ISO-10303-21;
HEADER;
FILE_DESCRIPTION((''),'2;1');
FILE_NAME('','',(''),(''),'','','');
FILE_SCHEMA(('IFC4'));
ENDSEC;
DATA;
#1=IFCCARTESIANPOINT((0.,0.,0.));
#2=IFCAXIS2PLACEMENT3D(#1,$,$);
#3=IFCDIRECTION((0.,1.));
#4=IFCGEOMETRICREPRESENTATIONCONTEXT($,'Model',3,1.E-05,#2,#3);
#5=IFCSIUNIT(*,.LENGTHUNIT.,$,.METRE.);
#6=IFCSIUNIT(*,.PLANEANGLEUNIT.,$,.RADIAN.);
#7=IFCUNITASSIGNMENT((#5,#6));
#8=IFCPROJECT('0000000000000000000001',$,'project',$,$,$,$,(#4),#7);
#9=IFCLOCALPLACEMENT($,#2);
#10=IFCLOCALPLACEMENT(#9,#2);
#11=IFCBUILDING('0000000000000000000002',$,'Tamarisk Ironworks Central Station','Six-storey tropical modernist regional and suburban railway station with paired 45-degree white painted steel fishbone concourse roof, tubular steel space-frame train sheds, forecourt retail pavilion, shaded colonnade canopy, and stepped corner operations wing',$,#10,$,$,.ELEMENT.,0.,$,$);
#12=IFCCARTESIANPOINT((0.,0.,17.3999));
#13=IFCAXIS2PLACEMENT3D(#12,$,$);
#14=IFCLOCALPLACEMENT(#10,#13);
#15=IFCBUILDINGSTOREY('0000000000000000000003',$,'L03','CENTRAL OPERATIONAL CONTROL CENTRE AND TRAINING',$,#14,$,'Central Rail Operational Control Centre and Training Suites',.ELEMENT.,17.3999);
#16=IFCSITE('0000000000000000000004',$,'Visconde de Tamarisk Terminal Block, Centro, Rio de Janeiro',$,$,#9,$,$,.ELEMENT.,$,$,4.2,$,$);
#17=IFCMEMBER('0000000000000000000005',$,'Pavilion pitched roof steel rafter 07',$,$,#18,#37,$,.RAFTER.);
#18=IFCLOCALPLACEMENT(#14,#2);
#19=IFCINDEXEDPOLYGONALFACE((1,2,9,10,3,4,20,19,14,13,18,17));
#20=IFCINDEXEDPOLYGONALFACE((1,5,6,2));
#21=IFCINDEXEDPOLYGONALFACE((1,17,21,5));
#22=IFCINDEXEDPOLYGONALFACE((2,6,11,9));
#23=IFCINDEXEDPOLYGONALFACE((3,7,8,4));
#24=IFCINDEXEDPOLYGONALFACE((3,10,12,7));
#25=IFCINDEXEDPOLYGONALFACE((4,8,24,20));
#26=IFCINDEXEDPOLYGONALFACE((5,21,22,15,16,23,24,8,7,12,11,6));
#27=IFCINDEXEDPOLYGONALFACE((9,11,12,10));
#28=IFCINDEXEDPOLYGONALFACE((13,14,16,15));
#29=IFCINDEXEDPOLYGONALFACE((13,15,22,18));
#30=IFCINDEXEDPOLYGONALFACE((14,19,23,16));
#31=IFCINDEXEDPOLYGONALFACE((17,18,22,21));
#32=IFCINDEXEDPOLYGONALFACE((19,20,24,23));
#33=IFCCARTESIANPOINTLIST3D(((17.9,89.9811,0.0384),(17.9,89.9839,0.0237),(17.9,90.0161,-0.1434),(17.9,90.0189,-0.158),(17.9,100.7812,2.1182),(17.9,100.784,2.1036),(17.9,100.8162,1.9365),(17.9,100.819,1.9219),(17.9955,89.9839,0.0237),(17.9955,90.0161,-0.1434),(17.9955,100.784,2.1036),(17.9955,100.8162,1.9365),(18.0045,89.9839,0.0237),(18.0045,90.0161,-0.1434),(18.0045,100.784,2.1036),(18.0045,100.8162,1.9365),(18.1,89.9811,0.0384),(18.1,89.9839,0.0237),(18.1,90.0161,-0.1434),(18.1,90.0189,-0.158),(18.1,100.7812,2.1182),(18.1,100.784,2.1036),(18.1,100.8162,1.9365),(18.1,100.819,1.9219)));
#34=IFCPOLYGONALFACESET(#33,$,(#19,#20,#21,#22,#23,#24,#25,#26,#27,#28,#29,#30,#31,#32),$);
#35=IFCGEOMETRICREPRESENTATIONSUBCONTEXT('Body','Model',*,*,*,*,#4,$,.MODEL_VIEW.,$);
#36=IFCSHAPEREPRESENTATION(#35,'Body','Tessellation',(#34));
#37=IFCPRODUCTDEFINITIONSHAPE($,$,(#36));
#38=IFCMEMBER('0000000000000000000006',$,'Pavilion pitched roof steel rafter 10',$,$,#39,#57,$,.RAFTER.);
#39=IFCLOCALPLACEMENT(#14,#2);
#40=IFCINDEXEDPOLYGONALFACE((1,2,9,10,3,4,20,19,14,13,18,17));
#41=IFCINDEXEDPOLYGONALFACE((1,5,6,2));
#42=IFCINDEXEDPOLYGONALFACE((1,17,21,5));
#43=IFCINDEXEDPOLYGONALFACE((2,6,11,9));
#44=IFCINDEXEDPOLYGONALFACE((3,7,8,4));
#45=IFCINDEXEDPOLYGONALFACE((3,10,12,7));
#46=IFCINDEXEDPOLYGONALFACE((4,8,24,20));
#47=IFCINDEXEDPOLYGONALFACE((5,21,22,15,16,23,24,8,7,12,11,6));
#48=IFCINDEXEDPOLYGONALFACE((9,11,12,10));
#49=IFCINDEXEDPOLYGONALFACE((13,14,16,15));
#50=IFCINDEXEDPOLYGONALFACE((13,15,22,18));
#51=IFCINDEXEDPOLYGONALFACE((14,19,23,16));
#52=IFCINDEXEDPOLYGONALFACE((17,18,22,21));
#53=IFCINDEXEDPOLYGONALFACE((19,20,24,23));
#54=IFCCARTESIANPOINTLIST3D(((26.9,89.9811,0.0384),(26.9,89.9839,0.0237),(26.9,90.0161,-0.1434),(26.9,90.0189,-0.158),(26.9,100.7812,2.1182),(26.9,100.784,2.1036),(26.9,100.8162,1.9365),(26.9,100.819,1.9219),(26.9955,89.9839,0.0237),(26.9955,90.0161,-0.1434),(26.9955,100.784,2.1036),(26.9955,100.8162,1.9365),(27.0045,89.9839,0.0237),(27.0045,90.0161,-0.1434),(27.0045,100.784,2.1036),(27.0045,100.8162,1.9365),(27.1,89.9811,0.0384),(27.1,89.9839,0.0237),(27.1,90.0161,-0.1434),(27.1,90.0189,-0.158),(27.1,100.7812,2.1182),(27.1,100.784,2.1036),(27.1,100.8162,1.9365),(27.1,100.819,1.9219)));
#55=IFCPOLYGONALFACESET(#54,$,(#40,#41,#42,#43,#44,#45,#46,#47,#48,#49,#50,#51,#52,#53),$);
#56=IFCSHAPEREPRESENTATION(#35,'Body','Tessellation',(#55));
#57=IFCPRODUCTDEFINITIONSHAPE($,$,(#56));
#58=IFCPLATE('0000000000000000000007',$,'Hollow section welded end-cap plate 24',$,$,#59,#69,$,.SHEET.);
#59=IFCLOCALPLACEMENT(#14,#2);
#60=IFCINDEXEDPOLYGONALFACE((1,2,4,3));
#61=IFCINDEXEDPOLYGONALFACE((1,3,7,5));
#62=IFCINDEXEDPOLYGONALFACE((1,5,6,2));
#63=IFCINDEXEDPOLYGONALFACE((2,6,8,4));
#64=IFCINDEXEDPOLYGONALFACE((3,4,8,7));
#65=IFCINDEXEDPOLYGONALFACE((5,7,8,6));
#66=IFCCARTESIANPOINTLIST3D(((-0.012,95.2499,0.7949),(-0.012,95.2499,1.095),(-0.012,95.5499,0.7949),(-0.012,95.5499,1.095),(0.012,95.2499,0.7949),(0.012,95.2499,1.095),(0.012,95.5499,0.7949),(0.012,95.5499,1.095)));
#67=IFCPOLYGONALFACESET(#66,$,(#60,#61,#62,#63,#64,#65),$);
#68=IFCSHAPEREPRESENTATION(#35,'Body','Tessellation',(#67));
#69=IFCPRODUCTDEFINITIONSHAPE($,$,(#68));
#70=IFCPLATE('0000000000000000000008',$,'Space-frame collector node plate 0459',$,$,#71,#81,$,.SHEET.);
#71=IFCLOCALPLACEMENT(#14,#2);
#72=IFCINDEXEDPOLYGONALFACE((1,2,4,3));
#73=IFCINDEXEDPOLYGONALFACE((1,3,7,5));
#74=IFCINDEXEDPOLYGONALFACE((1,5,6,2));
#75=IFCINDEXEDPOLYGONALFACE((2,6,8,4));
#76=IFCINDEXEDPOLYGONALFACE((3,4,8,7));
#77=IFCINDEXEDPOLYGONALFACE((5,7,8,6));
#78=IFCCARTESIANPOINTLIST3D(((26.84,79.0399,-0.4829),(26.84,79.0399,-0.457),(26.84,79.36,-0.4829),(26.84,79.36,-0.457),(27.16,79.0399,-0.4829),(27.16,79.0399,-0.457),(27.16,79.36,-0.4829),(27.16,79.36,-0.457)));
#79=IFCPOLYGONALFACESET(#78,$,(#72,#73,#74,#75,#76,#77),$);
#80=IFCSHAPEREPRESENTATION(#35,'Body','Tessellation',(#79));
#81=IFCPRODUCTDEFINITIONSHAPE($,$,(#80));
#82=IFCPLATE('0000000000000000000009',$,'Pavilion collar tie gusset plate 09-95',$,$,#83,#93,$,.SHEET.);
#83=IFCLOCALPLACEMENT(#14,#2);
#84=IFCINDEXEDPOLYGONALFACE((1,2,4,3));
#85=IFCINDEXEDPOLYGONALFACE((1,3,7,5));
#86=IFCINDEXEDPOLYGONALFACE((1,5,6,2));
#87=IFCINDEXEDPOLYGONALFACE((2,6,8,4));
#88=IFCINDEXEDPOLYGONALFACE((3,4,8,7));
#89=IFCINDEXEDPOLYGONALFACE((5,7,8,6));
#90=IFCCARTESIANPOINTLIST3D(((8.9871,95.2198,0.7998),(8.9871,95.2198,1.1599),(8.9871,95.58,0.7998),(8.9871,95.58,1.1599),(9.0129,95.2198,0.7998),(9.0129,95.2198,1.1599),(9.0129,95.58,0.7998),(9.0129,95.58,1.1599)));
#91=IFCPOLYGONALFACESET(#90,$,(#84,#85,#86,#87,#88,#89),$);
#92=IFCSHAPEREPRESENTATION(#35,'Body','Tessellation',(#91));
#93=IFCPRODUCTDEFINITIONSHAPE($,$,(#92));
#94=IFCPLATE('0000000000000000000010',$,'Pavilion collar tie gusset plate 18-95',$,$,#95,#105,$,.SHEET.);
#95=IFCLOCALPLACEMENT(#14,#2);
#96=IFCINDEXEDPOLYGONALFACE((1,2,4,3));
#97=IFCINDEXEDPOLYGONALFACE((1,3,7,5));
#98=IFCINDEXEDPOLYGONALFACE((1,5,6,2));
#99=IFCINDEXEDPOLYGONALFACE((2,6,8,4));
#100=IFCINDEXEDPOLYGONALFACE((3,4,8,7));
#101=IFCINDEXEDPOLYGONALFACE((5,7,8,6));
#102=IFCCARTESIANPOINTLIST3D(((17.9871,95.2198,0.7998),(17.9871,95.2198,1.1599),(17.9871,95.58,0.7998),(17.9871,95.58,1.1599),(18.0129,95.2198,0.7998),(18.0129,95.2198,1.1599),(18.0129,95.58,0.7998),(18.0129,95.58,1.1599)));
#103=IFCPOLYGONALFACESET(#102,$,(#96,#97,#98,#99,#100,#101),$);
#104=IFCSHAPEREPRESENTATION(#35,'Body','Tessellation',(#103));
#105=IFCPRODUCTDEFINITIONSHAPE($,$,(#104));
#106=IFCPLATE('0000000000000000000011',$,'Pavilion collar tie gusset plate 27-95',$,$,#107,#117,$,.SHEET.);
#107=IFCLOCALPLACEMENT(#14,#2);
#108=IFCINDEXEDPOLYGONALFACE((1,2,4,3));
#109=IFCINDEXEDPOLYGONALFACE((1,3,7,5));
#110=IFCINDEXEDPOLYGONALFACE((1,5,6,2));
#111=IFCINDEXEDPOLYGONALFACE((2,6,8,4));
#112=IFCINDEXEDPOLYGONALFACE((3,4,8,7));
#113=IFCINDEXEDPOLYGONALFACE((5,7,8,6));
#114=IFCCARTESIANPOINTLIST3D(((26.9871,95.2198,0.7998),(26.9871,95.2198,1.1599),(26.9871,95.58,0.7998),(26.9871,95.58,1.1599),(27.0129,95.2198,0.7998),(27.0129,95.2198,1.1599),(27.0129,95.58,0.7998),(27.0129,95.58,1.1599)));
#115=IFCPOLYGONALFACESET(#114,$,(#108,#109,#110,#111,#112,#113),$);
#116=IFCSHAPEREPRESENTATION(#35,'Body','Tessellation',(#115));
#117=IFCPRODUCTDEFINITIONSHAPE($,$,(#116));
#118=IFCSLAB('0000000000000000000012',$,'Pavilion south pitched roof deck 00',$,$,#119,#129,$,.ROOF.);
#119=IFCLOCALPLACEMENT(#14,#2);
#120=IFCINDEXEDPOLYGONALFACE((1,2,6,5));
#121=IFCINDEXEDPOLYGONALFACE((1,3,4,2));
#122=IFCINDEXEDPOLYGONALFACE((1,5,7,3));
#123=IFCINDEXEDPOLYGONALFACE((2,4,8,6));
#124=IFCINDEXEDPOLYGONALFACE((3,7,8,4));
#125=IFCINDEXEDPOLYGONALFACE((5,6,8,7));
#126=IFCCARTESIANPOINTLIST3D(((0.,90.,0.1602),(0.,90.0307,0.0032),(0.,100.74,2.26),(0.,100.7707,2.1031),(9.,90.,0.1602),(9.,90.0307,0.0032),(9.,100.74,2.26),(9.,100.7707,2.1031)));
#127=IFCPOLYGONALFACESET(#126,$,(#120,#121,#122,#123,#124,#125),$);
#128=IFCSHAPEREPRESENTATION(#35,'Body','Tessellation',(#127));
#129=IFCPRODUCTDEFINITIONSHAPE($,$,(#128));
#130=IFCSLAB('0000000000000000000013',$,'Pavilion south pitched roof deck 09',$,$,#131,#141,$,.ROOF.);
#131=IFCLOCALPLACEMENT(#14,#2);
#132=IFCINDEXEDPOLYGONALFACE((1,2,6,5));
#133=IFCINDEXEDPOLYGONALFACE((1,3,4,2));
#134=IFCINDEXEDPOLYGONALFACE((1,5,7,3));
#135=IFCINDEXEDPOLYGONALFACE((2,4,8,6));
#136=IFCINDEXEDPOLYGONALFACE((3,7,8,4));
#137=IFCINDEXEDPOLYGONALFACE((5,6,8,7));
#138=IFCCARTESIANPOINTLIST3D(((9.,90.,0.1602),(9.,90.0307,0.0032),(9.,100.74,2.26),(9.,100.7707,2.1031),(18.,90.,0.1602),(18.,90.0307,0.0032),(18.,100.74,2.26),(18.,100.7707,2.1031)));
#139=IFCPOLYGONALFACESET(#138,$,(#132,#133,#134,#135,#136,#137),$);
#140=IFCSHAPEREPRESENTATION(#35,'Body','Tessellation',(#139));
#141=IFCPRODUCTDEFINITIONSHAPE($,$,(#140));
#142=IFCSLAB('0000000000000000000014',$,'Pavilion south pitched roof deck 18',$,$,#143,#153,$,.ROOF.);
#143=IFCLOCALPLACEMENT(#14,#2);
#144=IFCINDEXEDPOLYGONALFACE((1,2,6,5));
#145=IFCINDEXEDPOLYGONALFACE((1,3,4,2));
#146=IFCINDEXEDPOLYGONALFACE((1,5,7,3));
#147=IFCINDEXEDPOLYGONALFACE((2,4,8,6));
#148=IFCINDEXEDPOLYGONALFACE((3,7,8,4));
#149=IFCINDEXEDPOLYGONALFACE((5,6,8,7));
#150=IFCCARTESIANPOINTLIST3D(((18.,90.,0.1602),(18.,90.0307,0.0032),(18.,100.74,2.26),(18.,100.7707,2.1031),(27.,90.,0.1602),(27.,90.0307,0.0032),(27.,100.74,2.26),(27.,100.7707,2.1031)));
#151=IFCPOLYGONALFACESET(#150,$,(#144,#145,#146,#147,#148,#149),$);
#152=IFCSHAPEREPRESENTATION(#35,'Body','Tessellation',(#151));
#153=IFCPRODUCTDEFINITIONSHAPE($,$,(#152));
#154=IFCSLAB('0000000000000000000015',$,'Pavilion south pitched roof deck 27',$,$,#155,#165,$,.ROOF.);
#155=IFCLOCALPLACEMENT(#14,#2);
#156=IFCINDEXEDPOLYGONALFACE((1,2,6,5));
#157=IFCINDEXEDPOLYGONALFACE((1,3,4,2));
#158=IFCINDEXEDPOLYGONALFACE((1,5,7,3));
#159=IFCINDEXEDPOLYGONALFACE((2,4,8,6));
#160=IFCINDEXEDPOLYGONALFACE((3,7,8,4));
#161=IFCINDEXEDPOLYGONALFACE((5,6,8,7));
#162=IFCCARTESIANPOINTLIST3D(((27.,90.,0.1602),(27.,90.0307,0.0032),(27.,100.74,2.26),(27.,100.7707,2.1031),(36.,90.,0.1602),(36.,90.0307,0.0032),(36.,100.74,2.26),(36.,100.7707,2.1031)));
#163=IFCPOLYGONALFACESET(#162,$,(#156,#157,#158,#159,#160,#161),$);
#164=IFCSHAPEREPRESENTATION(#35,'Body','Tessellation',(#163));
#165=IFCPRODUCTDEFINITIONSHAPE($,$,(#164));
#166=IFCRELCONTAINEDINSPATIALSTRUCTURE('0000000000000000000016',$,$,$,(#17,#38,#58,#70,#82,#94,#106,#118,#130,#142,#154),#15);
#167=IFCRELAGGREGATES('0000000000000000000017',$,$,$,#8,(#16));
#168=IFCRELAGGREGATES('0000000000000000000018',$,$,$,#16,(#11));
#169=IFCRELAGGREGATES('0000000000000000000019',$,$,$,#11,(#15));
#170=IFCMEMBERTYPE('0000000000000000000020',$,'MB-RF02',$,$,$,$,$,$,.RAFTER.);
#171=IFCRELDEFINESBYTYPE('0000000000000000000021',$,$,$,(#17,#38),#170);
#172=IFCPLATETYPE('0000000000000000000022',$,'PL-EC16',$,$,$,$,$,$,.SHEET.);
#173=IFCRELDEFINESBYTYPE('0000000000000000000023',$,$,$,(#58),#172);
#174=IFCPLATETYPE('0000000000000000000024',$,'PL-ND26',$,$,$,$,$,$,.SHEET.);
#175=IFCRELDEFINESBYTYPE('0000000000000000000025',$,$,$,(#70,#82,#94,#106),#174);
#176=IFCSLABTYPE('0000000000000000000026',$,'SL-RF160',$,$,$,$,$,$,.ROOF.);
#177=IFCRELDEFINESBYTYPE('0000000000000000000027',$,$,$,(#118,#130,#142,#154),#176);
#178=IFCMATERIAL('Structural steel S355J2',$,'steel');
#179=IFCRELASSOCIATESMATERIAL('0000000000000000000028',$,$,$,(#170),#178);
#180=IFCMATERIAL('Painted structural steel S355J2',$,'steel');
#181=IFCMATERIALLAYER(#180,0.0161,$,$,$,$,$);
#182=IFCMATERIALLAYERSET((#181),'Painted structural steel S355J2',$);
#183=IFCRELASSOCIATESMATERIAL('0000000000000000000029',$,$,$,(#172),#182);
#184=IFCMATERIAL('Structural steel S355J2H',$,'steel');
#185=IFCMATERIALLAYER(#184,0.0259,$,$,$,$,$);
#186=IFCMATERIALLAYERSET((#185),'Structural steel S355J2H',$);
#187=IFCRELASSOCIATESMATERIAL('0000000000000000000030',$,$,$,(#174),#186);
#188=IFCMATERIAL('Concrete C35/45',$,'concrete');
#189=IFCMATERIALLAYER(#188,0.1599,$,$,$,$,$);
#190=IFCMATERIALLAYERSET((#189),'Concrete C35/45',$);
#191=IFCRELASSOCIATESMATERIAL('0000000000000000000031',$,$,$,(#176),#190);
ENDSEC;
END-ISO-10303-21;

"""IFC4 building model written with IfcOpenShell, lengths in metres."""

from ifc_helpers import new_model, si_unit, direction, frame, origin, origin_2d, place, context, subcontext, project, spatial, polyline, rectangle, i_section, outline, extrude, material, layer, layer_set, material_profile, profile_set, type_object, element, save


model = new_model("IFC4")

# Units and contexts
model_context = context("Model", 3, precision=1e-05, world=origin(), true_north=direction((0.0, 1.0)))
body_context = subcontext(model_context, "Body", "Model", "MODEL_VIEW")
ifc_project = project(units=[si_unit("LENGTHUNIT", "METRE"), si_unit("PLANEANGLEUNIT", "RADIAN")], contexts=[model_context])

# Site, building, storey
site_placement = place(None, origin())
site = spatial("IfcSite", under=ifc_project, at=site_placement, Name="Visconde de Tamarisk Terminal Block, Centro, Rio de Janeiro", CompositionType="ELEMENT", RefElevation=4.2)
building_placement = place(site_placement, origin())
building = spatial("IfcBuilding", under=site, at=building_placement, Name="Tamarisk Ironworks Central Station", Description="Six-storey tropical modernist regional and suburban railway station with paired 45-degree white painted steel fishbone concourse roof, tubular steel space-frame train sheds, forecourt retail pavilion, shaded colonnade canopy, and stepped corner operations wing", CompositionType="ELEMENT", ElevationOfRefHeight=0.0)
storey_placement = place(building_placement, frame((0.0, 0.0, 17.3999)))
storey = spatial("IfcBuildingStorey", under=building, at=storey_placement, Name="L03", Description="CENTRAL OPERATIONAL CONTROL CENTRE AND TRAINING", LongName="Central Rail Operational Control Centre and Training Suites", CompositionType="ELEMENT", Elevation=17.3999)

# Shared definitions
ifc_material_1 = material(Name="Structural steel S355J2", Category="steel")

# Members
ifc_material_2 = material(Name="Painted structural steel S355J2", Category="steel")
ifc_material_profile_1 = material_profile(ifc_material_1, i_section(OverallWidth=0.2, OverallDepth=0.2, WebThickness=0.009, FlangeThickness=0.0149, at=origin_2d()), Name="HEB 200")
ifc_profile_set_1 = profile_set([ifc_material_profile_1], Name="Structural steel S355J2")
member_type_1 = type_object("IfcMemberType", Name="MB-RF02", PredefinedType="RAFTER", material=ifc_profile_set_1)
for number, where, z_axis, x_axis, name in (
    (1, (18.0, 90.0, -0.0598), (0.0, 0.981957, 0.189102), (-1.0, 0.0, 0.0), "Pavilion pitched roof steel rafter 07"),
    (2, (27.0, 90.0, -0.0598), (0.0, 0.981957, 0.189102), (-1.0, 0.0, 0.0), "Pavilion pitched roof steel rafter 10"),
):
    element("IfcMember", number, at=place(storey_placement, frame(where, z_axis=z_axis, x_axis=x_axis)), inside=storey, type_object=member_type_1, Name=name, PredefinedType="RAFTER", context=body_context, shape_type="SweptSolid", body=[
        extrude(i_section(OverallWidth=0.2, OverallDepth=0.2, WebThickness=0.009, FlangeThickness=0.0149, at=origin_2d()), origin(), (0.0, 0.0, 1.0), 10.9985),
    ])

# Plates
ifc_layer_1 = layer(ifc_material_2, 0.0161)
ifc_layer_set_1 = layer_set([ifc_layer_1], Name="Painted structural steel S355J2")
plate_type_1 = type_object("IfcPlateType", Name="PL-EC16", PredefinedType="SHEET", material=ifc_layer_set_1)
plate_1_placement = place(storey_placement, frame((0.0, 95.3999, 0.7949), z_axis=(0.0, 0.0, 1.0), x_axis=(1.0, 0.0, 0.0)))
element("IfcPlate", 3, at=plate_1_placement, inside=storey, type_object=plate_type_1, Name="Hollow section welded end-cap plate 24", PredefinedType="SHEET", context=body_context, shape_type="SweptSolid", body=[
    extrude(rectangle(XDim=0.0239, YDim=0.3, at=origin_2d()), origin(), (0.0, 0.0, 1.0), 0.3),
])
ifc_material_3 = material(Name="Structural steel S355J2H", Category="steel")
ifc_layer_2 = layer(ifc_material_3, 0.0259)
ifc_layer_set_2 = layer_set([ifc_layer_2], Name="Structural steel S355J2H")
plate_type_2 = type_object("IfcPlateType", Name="PL-ND26", PredefinedType="SHEET", material=ifc_layer_set_2)
plate_2_placement = place(storey_placement, frame((27.0, 79.2, -0.4829), z_axis=(0.0, 0.0, 1.0), x_axis=(1.0, 0.0, 0.0)))
element("IfcPlate", 4, at=plate_2_placement, inside=storey, type_object=plate_type_2, Name="Space-frame collector node plate 0459", PredefinedType="SHEET", context=body_context, shape_type="SweptSolid", body=[
    extrude(rectangle(XDim=0.3201, YDim=0.3201, at=origin_2d()), origin(), (0.0, 0.0, 1.0), 0.0259),
])
for number, where, z_axis, x_axis, name in (
    (5, (9.0, 95.3999, 0.7998), (0.0, 0.0, 1.0), (1.0, 0.0, 0.0), "Pavilion collar tie gusset plate 09-95"),
    (6, (18.0, 95.3999, 0.7998), (0.0, 0.0, 1.0), (1.0, 0.0, 0.0), "Pavilion collar tie gusset plate 18-95"),
    (7, (27.0, 95.3999, 0.7998), (0.0, 0.0, 1.0), (1.0, 0.0, 0.0), "Pavilion collar tie gusset plate 27-95"),
):
    element("IfcPlate", number, at=place(storey_placement, frame(where, z_axis=z_axis, x_axis=x_axis)), inside=storey, type_object=plate_type_2, Name=name, PredefinedType="SHEET", context=body_context, shape_type="SweptSolid", body=[
        extrude(rectangle(XDim=0.0259, YDim=0.3601, at=origin_2d()), origin(), (0.0, 0.0, 1.0), 0.3601),
    ])

# Slabs
ifc_material_4 = material(Name="Concrete C35/45", Category="concrete")
ifc_layer_3 = layer(ifc_material_4, 0.1599)
ifc_layer_set_3 = layer_set([ifc_layer_3], Name="Concrete C35/45")
slab_type = type_object("IfcSlabType", Name="SL-RF160", PredefinedType="ROOF", material=ifc_layer_set_3)
for number, where, z_axis, x_axis, name in (
    (8, (0.0, 90.0, 0.1602), (0.0, -0.191884, 0.981418), (1.0, 0.0, 0.0), "Pavilion south pitched roof deck 00"),
    (9, (9.0, 90.0, 0.1602), (0.0, -0.191884, 0.981418), (1.0, 0.0, 0.0), "Pavilion south pitched roof deck 09"),
    (10, (18.0, 90.0, 0.1602), (0.0, -0.191884, 0.981418), (1.0, 0.0, 0.0), "Pavilion south pitched roof deck 18"),
    (11, (27.0, 90.0, 0.1602), (0.0, -0.191884, 0.981418), (1.0, 0.0, 0.0), "Pavilion south pitched roof deck 27"),
):
    element("IfcSlab", number, at=place(storey_placement, frame(where, z_axis=z_axis, x_axis=x_axis)), inside=storey, type_object=slab_type, Name=name, PredefinedType="ROOF", context=body_context, shape_type="SweptSolid", body=[
        extrude(outline(polyline([(0.0, 0.0), (9.0, 0.0), (9.0, 10.9433), (0.0, 10.9433), (0.0, 0.0)])), origin(), (0.0, 0.0, -1.0), 0.1599),
    ])

save(model, "model.ifc")
